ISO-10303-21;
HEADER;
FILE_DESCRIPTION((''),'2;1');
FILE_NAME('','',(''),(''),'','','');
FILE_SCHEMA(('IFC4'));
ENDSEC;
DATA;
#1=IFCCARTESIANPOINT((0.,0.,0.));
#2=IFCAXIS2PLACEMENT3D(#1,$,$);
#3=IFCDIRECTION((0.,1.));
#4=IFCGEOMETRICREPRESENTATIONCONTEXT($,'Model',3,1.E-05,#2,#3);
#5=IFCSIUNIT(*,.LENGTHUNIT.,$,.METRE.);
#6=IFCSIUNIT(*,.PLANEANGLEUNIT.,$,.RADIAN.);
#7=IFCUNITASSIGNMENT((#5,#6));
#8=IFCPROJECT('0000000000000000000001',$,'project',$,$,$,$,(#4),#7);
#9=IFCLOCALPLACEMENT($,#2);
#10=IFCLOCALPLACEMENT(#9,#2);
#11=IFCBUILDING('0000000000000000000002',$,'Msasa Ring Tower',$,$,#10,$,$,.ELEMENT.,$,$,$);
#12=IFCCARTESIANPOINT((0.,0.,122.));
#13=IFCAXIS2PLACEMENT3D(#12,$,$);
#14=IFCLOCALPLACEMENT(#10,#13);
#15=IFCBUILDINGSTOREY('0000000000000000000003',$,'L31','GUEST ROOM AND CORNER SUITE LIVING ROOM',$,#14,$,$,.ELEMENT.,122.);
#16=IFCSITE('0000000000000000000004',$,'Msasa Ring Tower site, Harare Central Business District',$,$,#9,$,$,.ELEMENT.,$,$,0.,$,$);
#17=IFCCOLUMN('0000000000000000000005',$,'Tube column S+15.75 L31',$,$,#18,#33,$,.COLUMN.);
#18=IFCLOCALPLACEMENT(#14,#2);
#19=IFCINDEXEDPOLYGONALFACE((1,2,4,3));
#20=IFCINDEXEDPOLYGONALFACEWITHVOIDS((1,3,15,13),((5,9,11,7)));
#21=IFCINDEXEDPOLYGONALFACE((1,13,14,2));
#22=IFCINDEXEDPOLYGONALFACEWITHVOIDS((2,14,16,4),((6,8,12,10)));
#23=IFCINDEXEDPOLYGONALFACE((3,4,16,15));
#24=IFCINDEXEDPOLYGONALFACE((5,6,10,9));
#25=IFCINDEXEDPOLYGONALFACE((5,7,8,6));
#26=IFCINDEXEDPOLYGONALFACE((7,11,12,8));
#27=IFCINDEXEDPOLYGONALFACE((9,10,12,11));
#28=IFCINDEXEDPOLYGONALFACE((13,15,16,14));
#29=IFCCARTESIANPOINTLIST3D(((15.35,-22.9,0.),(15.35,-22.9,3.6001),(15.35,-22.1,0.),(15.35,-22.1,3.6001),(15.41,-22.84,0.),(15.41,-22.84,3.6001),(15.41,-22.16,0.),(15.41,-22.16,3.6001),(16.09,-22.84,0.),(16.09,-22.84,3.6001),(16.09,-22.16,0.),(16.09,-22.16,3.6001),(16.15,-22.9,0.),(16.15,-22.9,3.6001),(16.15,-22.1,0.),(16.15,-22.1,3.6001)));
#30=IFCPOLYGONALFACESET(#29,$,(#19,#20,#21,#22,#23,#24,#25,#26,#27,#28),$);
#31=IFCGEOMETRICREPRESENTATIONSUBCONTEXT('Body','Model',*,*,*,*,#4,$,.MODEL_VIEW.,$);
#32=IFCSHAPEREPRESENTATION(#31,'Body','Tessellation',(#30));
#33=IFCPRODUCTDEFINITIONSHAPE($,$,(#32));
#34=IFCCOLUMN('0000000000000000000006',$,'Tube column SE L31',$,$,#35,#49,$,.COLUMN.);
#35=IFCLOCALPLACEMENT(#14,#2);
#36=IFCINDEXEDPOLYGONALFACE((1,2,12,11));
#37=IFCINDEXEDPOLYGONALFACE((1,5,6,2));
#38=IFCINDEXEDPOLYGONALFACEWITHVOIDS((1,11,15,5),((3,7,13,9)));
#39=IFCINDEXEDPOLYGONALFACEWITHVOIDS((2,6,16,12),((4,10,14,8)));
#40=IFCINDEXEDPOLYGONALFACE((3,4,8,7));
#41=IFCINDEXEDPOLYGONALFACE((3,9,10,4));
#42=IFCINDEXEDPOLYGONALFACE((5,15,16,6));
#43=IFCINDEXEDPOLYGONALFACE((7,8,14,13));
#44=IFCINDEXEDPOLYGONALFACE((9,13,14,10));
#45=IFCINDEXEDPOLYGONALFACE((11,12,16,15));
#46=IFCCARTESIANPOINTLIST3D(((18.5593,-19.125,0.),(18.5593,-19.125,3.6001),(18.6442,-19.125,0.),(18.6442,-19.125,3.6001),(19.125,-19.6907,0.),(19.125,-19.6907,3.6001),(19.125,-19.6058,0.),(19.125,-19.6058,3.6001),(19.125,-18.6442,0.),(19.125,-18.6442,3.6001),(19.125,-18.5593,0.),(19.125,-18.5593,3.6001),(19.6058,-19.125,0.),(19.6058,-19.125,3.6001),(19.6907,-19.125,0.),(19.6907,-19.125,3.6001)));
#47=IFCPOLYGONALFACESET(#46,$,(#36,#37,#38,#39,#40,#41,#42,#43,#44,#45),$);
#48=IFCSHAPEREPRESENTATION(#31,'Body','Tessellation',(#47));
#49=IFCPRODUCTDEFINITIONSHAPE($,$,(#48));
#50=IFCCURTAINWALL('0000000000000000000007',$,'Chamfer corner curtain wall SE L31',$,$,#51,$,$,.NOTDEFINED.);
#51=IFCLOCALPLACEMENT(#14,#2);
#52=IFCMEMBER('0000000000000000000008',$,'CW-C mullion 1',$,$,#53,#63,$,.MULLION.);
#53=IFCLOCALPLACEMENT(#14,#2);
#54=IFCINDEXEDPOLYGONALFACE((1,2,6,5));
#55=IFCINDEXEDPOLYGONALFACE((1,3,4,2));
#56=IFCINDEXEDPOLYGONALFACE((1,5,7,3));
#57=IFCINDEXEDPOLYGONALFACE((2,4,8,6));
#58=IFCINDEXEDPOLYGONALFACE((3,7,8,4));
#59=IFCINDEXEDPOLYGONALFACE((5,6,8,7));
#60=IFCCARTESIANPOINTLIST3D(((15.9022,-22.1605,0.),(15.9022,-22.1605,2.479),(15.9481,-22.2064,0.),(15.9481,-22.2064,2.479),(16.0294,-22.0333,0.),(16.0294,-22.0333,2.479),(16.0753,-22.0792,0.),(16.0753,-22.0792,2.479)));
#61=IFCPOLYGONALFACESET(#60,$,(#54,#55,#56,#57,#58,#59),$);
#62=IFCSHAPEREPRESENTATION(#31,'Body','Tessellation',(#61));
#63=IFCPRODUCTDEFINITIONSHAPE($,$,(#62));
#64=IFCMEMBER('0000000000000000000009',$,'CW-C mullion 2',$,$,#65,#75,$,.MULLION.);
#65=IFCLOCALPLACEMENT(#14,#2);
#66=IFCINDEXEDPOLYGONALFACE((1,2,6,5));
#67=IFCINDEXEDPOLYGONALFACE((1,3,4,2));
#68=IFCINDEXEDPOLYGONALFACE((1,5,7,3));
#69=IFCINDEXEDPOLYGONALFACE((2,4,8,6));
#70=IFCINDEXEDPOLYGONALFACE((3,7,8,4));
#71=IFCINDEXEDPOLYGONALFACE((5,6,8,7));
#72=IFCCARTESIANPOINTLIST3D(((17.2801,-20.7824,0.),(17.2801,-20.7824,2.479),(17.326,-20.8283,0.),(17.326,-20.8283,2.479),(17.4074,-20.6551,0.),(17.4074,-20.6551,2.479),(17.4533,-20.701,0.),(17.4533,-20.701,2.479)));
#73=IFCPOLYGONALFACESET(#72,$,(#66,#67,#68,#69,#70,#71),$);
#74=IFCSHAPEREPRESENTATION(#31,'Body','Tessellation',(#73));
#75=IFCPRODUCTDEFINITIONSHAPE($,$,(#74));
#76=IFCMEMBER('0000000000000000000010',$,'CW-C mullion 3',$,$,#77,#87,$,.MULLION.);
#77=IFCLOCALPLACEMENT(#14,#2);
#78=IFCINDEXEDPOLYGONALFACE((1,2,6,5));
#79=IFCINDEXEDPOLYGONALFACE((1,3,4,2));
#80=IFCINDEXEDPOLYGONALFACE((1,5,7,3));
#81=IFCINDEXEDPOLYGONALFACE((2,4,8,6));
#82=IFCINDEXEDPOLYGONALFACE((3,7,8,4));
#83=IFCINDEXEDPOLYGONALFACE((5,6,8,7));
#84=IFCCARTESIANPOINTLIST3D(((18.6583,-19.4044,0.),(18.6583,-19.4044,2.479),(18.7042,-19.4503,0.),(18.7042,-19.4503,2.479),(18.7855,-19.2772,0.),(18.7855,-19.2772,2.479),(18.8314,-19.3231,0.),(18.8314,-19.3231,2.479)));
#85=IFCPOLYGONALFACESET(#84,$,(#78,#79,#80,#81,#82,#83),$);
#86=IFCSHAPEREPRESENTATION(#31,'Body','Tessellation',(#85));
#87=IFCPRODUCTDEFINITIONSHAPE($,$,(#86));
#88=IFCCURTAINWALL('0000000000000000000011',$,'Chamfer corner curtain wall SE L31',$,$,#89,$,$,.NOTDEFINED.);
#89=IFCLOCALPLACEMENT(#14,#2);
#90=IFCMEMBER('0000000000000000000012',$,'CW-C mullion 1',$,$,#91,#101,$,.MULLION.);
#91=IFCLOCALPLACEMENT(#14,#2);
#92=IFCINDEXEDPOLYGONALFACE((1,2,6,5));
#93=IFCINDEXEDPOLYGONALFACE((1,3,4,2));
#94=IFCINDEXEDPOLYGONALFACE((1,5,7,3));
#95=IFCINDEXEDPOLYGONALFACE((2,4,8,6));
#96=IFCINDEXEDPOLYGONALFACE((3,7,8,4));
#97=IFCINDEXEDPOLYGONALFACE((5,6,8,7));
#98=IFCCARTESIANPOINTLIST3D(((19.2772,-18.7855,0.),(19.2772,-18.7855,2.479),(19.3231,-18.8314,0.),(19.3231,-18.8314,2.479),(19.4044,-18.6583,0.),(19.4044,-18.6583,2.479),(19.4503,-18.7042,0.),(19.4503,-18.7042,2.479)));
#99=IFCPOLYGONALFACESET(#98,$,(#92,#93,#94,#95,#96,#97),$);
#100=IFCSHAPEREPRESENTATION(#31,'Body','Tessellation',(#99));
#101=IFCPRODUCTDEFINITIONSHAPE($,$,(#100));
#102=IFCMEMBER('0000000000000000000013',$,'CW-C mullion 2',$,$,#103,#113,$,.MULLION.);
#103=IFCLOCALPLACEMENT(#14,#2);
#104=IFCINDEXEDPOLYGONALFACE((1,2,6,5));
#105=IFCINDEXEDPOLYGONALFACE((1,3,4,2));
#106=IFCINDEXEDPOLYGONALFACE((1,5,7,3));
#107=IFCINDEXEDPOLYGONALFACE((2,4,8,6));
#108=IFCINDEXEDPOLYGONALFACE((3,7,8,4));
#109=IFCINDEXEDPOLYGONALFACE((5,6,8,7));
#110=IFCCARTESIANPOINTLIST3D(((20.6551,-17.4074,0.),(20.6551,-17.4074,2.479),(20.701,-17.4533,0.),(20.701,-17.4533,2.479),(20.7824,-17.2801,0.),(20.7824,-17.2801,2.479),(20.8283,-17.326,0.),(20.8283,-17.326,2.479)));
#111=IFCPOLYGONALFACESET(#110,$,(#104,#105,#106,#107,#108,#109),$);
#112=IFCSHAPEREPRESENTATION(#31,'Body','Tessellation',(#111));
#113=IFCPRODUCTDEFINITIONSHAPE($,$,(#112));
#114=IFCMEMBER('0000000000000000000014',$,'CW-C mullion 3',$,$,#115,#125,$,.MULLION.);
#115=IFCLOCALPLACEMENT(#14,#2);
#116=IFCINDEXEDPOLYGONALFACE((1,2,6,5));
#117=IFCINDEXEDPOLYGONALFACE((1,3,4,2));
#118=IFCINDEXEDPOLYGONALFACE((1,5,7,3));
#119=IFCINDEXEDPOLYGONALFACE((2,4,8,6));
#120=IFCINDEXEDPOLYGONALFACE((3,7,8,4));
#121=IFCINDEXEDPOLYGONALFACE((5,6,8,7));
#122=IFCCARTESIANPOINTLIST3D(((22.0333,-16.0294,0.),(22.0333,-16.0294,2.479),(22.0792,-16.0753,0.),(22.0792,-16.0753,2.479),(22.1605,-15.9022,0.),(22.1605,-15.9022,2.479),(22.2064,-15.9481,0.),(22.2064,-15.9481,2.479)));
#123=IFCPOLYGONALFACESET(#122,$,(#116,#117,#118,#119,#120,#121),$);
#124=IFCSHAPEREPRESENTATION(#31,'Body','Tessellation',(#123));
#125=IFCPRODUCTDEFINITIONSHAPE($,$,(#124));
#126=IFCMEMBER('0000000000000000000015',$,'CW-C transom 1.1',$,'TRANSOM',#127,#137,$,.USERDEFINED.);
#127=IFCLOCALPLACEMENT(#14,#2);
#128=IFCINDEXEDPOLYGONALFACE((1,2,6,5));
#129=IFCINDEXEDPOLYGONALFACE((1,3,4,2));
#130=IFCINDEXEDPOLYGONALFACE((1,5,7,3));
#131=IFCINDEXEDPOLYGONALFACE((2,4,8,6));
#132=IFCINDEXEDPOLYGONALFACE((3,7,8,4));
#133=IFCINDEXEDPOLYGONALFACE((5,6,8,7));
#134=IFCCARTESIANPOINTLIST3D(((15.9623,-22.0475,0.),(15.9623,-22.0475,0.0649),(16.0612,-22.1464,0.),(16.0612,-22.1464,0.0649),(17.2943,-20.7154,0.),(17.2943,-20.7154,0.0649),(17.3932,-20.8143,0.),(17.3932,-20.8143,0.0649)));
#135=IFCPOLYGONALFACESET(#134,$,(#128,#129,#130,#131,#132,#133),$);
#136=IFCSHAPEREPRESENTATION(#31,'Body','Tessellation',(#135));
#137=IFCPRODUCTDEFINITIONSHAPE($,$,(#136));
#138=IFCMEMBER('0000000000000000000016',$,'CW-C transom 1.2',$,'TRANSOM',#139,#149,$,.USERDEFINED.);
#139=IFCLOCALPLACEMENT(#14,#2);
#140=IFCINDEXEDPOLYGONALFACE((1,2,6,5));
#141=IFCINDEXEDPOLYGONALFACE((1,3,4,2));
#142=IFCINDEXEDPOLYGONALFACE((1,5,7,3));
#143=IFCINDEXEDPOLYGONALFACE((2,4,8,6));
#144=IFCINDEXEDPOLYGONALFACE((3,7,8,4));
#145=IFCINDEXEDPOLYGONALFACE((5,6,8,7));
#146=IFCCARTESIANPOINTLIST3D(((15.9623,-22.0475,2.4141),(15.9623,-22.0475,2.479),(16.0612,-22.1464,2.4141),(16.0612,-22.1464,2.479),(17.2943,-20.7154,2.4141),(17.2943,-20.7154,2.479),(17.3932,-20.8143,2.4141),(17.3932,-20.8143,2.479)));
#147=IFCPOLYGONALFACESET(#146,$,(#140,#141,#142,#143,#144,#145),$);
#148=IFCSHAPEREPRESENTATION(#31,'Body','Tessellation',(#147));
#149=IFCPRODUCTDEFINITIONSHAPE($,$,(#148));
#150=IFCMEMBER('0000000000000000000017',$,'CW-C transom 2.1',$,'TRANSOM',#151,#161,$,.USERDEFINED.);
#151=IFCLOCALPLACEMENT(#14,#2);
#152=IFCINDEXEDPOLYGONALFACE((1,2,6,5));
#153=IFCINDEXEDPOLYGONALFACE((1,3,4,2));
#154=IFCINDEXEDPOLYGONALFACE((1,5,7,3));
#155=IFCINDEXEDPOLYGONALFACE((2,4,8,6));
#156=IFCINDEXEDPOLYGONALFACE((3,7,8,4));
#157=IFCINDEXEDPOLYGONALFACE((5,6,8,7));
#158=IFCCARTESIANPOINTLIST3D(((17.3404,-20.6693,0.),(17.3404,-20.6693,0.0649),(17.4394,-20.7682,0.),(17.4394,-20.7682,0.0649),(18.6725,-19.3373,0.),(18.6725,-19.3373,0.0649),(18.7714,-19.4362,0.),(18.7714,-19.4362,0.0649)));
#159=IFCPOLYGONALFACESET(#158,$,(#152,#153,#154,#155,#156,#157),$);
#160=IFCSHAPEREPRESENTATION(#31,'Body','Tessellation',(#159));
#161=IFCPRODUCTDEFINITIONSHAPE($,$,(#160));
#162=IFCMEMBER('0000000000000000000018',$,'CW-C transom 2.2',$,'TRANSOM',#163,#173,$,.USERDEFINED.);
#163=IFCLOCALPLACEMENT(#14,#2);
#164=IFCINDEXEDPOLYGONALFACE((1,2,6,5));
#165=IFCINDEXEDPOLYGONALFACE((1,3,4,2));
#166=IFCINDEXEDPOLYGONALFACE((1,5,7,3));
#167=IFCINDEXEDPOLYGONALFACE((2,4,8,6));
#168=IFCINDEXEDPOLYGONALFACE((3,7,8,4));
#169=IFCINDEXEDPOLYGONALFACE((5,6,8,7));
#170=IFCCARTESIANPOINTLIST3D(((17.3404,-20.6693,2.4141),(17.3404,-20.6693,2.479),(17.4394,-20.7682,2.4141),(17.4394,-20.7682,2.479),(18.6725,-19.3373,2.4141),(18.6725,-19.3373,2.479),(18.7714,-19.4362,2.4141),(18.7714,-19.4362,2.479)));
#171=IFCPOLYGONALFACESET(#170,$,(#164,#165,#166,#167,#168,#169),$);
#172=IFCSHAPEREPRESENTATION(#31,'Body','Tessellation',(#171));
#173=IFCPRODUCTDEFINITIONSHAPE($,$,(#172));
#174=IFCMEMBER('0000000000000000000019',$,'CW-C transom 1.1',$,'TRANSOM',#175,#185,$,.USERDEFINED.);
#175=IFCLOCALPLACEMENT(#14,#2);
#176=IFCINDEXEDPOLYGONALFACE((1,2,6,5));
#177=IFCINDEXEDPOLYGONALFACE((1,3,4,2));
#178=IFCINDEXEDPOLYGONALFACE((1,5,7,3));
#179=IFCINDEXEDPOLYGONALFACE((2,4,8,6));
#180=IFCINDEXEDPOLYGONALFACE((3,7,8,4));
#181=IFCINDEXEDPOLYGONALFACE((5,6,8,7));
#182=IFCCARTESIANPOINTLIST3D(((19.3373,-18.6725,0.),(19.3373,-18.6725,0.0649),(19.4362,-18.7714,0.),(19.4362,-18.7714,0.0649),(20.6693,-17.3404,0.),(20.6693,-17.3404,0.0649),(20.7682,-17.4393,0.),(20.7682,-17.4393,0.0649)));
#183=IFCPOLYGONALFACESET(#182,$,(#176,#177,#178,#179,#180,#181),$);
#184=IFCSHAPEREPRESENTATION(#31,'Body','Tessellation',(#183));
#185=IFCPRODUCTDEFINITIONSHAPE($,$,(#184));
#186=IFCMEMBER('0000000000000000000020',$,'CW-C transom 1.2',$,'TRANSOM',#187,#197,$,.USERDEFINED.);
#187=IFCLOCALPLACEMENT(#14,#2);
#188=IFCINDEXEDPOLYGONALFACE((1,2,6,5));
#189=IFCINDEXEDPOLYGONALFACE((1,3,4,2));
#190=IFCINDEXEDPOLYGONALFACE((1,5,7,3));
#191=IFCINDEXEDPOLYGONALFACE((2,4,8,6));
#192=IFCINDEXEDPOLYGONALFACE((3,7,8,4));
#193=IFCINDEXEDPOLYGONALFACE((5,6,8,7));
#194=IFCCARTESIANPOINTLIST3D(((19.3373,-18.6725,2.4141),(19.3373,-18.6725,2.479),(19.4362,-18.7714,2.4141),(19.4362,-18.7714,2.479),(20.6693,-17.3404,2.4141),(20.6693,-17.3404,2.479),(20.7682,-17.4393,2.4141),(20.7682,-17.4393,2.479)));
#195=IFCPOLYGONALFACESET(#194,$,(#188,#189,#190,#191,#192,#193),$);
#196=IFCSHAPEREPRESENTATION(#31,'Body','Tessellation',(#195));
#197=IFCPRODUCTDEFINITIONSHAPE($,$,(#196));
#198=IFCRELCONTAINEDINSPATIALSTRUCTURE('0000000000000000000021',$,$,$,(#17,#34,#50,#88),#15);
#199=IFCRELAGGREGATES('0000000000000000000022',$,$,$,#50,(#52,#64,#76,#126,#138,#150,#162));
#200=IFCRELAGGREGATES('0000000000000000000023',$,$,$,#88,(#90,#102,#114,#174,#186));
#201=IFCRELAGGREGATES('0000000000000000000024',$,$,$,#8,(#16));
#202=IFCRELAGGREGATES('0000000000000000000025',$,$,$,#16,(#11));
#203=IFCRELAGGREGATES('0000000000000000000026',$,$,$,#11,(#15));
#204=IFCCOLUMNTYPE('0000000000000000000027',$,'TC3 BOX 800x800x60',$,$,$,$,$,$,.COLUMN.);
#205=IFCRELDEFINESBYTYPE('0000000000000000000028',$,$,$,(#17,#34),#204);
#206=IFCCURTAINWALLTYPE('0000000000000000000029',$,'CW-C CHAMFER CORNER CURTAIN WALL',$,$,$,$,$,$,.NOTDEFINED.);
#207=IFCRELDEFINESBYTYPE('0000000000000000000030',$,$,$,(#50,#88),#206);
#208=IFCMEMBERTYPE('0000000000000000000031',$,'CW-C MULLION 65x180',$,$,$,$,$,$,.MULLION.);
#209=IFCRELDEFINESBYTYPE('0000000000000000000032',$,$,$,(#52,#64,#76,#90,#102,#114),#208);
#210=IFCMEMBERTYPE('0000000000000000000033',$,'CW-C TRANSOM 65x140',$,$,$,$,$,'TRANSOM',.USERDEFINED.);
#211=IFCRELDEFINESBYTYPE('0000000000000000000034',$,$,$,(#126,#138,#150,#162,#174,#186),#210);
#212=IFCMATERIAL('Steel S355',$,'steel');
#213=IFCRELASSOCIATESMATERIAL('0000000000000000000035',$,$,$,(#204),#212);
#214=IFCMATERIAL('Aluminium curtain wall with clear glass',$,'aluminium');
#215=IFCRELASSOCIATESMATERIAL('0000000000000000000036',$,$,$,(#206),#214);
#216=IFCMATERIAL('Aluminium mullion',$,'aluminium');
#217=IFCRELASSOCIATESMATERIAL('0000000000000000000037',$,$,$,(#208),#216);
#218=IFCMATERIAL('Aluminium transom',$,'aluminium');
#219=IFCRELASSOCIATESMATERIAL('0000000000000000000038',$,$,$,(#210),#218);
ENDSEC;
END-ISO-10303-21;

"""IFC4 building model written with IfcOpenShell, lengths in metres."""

from ifc_helpers import new_model, si_unit, direction, frame, origin, origin_2d, place, context, subcontext, project, spatial, rectangle, hollow_rectangle, extrude, material, material_profile, profile_set, type_object, element, aggregate, save


model = new_model("IFC4")

# Units and contexts
model_context = context("Model", 3, precision=1e-05, world=origin(), true_north=direction((0.0, 1.0)))
body_context = subcontext(model_context, "Body", "Model", "MODEL_VIEW")
ifc_project = project(units=[si_unit("LENGTHUNIT", "METRE"), si_unit("PLANEANGLEUNIT", "RADIAN")], contexts=[model_context])

# Site, building, storey
site_placement = place(None, origin())
site = spatial("IfcSite", under=ifc_project, at=site_placement, Name="Msasa Ring Tower site, Harare Central Business District", CompositionType="ELEMENT", RefElevation=0.0)
building_placement = place(site_placement, origin())
building = spatial("IfcBuilding", under=site, at=building_placement, Name="Msasa Ring Tower", CompositionType="ELEMENT")
storey_placement = place(building_placement, frame((0.0, 0.0, 122.0)))
storey = spatial("IfcBuildingStorey", under=building, at=storey_placement, Name="L31", Description="GUEST ROOM AND CORNER SUITE LIVING ROOM", CompositionType="ELEMENT", Elevation=122.0)

# Columns
ifc_material_1 = material(Name="Steel S355", Category="steel")
ifc_material_profile_1 = material_profile(ifc_material_1, hollow_rectangle(XDim=0.8, YDim=0.8, WallThickness=0.0601, at=origin_2d()), Name="BOX 800x800x60")
ifc_profile_set_1 = profile_set([ifc_material_profile_1], Name="Steel S355")
column_type = type_object("IfcColumnType", Name="TC3 BOX 800x800x60", PredefinedType="COLUMN", material=ifc_profile_set_1)
for number, where, z_axis, x_axis, name in (
    (1, (15.75, -22.5, 0.0), (0.0, 0.0, 1.0), (0.0, 1.0, 0.0), "Tube column S+15.75 L31"),
    (2, (19.125, -19.125, 0.0), (0.0, 0.0, 1.0), (0.707107, -0.707107, 0.0), "Tube column SE L31"),
):
    element("IfcColumn", number, at=place(storey_placement, frame(where, z_axis=z_axis, x_axis=x_axis)), inside=storey, type_object=column_type, Name=name, PredefinedType="COLUMN", context=body_context, shape_type="SweptSolid", body=[
        extrude(hollow_rectangle(XDim=0.8, YDim=0.8, WallThickness=0.0601, at=origin_2d()), origin(), (0.0, 0.0, 1.0), 3.6001),
    ])

# Curtain walls, members
ifc_material_2 = material(Name="Aluminium curtain wall with clear glass", Category="aluminium")
curtain_wall_type = type_object("IfcCurtainWallType", Name="CW-C CHAMFER CORNER CURTAIN WALL", PredefinedType="NOTDEFINED", material=ifc_material_2)
curtain_wall_1_placement = place(storey_placement, origin())
curtain_wall_1 = element("IfcCurtainWall", 3, at=curtain_wall_1_placement, inside=storey, type_object=curtain_wall_type, Name="Chamfer corner curtain wall SE L31", PredefinedType="NOTDEFINED")
ifc_material_3 = material(Name="Aluminium mullion", Category="aluminium")
ifc_material_profile_2 = material_profile(ifc_material_3, rectangle(XDim=0.0649, YDim=0.1799, at=origin_2d()), Name="AL 65x180")
ifc_profile_set_2 = profile_set([ifc_material_profile_2], Name="Aluminium mullion")
member_type_1 = type_object("IfcMemberType", Name="CW-C MULLION 65x180", PredefinedType="MULLION", material=ifc_profile_set_2)
member_1_placement = place(storey_placement, frame((15.9888, -22.1199, 0.0), z_axis=(0.0, 0.0, 1.0), x_axis=(-0.707107, 0.707107, 0.0)))
member_1 = element("IfcMember", 4, at=member_1_placement, type_object=member_type_1, Name="CW-C mullion 1", PredefinedType="MULLION", context=body_context, shape_type="SweptSolid", body=[
    extrude(rectangle(XDim=0.0649, YDim=0.1799, at=origin_2d()), origin(), (0.0, 0.0, 1.0), 2.479),
])
member_2_placement = place(storey_placement, frame((17.3667, -20.7417, 0.0), z_axis=(0.0, 0.0, 1.0), x_axis=(-0.707107, 0.707107, 0.0)))
member_2 = element("IfcMember", 5, at=member_2_placement, type_object=member_type_1, Name="CW-C mullion 2", PredefinedType="MULLION", context=body_context, shape_type="SweptSolid", body=[
    extrude(rectangle(XDim=0.0649, YDim=0.1799, at=origin_2d()), origin(), (0.0, 0.0, 1.0), 2.479),
])
member_3_placement = place(storey_placement, frame((18.7449, -19.3638, 0.0), z_axis=(0.0, 0.0, 1.0), x_axis=(-0.707107, 0.707107, 0.0)))
member_3 = element("IfcMember", 6, at=member_3_placement, type_object=member_type_1, Name="CW-C mullion 3", PredefinedType="MULLION", context=body_context, shape_type="SweptSolid", body=[
    extrude(rectangle(XDim=0.0649, YDim=0.1799, at=origin_2d()), origin(), (0.0, 0.0, 1.0), 2.479),
])
curtain_wall_2_placement = place(storey_placement, origin())
curtain_wall_2 = element("IfcCurtainWall", 7, at=curtain_wall_2_placement, inside=storey, type_object=curtain_wall_type, Name="Chamfer corner curtain wall SE L31", PredefinedType="NOTDEFINED")
member_4_placement = place(storey_placement, frame((19.3638, -18.7449, 0.0), z_axis=(0.0, 0.0, 1.0), x_axis=(-0.707107, 0.707107, 0.0)))
member_4 = element("IfcMember", 8, at=member_4_placement, type_object=member_type_1, Name="CW-C mullion 1", PredefinedType="MULLION", context=body_context, shape_type="SweptSolid", body=[
    extrude(rectangle(XDim=0.0649, YDim=0.1799, at=origin_2d()), origin(), (0.0, 0.0, 1.0), 2.479),
])
member_5_placement = place(storey_placement, frame((20.7417, -17.3667, 0.0), z_axis=(0.0, 0.0, 1.0), x_axis=(-0.707107, 0.707107, 0.0)))
member_5 = element("IfcMember", 9, at=member_5_placement, type_object=member_type_1, Name="CW-C mullion 2", PredefinedType="MULLION", context=body_context, shape_type="SweptSolid", body=[
    extrude(rectangle(XDim=0.0649, YDim=0.1799, at=origin_2d()), origin(), (0.0, 0.0, 1.0), 2.479),
])
member_6_placement = place(storey_placement, frame((22.1199, -15.9888, 0.0), z_axis=(0.0, 0.0, 1.0), x_axis=(-0.707107, 0.707107, 0.0)))
member_6 = element("IfcMember", 10, at=member_6_placement, type_object=member_type_1, Name="CW-C mullion 3", PredefinedType="MULLION", context=body_context, shape_type="SweptSolid", body=[
    extrude(rectangle(XDim=0.0649, YDim=0.1799, at=origin_2d()), origin(), (0.0, 0.0, 1.0), 2.479),
])

# Members
ifc_material_4 = material(Name="Aluminium transom", Category="aluminium")
ifc_material_profile_3 = material_profile(ifc_material_4, rectangle(XDim=0.1399, YDim=0.0649, at=origin_2d()), Name="AL 65x140")
ifc_profile_set_3 = profile_set([ifc_material_profile_3], Name="Aluminium transom")
member_type_2 = type_object("IfcMemberType", Name="CW-C TRANSOM 65x140", ElementType="TRANSOM", PredefinedType="USERDEFINED", material=ifc_profile_set_3)
member_7_placement = place(storey_placement, frame((16.0117, -22.0969, 0.0325), z_axis=(0.707107, 0.707107, 0.0), x_axis=(-0.707107, 0.707107, 0.0)))
member_7 = element("IfcMember", 11, at=member_7_placement, type_object=member_type_2, Name="CW-C transom 1.1", ObjectType="TRANSOM", PredefinedType="USERDEFINED", context=body_context, shape_type="SweptSolid", body=[
    extrude(rectangle(XDim=0.1399, YDim=0.0649, at=origin_2d()), origin(), (0.0, 0.0, 1.0), 1.8838),
])
member_8_placement = place(storey_placement, frame((16.0117, -22.0969, 2.4465), z_axis=(0.707107, 0.707107, 0.0), x_axis=(-0.707107, 0.707107, 0.0)))
member_8 = element("IfcMember", 12, at=member_8_placement, type_object=member_type_2, Name="CW-C transom 1.2", ObjectType="TRANSOM", PredefinedType="USERDEFINED", context=body_context, shape_type="SweptSolid", body=[
    extrude(rectangle(XDim=0.1399, YDim=0.0649, at=origin_2d()), origin(), (0.0, 0.0, 1.0), 1.8838),
])
member_9_placement = place(storey_placement, frame((17.3899, -20.7188, 0.0325), z_axis=(0.707107, 0.707107, 0.0), x_axis=(-0.707107, 0.707107, 0.0)))
member_9 = element("IfcMember", 13, at=member_9_placement, type_object=member_type_2, Name="CW-C transom 2.1", ObjectType="TRANSOM", PredefinedType="USERDEFINED", context=body_context, shape_type="SweptSolid", body=[
    extrude(rectangle(XDim=0.1399, YDim=0.0649, at=origin_2d()), origin(), (0.0, 0.0, 1.0), 1.8838),
])
member_10_placement = place(storey_placement, frame((17.3899, -20.7188, 2.4465), z_axis=(0.707107, 0.707107, 0.0), x_axis=(-0.707107, 0.707107, 0.0)))
member_10 = element("IfcMember", 14, at=member_10_placement, type_object=member_type_2, Name="CW-C transom 2.2", ObjectType="TRANSOM", PredefinedType="USERDEFINED", context=body_context, shape_type="SweptSolid", body=[
    extrude(rectangle(XDim=0.1399, YDim=0.0649, at=origin_2d()), origin(), (0.0, 0.0, 1.0), 1.8838),
])
member_11_placement = place(storey_placement, frame((19.3867, -18.7219, 0.0325), z_axis=(0.707107, 0.707107, 0.0), x_axis=(-0.707107, 0.707107, 0.0)))
member_11 = element("IfcMember", 15, at=member_11_placement, type_object=member_type_2, Name="CW-C transom 1.1", ObjectType="TRANSOM", PredefinedType="USERDEFINED", context=body_context, shape_type="SweptSolid", body=[
    extrude(rectangle(XDim=0.1399, YDim=0.0649, at=origin_2d()), origin(), (0.0, 0.0, 1.0), 1.8838),
])
member_12_placement = place(storey_placement, frame((19.3867, -18.7219, 2.4465), z_axis=(0.707107, 0.707107, 0.0), x_axis=(-0.707107, 0.707107, 0.0)))
member_12 = element("IfcMember", 16, at=member_12_placement, type_object=member_type_2, Name="CW-C transom 1.2", ObjectType="TRANSOM", PredefinedType="USERDEFINED", context=body_context, shape_type="SweptSolid", body=[
    extrude(rectangle(XDim=0.1399, YDim=0.0649, at=origin_2d()), origin(), (0.0, 0.0, 1.0), 1.8838),
])

aggregate(curtain_wall_1, [member_1, member_2, member_3, member_7, member_8, member_9, member_10])
aggregate(curtain_wall_2, [member_4, member_5, member_6, member_11, member_12])

save(model, "model.ifc")
